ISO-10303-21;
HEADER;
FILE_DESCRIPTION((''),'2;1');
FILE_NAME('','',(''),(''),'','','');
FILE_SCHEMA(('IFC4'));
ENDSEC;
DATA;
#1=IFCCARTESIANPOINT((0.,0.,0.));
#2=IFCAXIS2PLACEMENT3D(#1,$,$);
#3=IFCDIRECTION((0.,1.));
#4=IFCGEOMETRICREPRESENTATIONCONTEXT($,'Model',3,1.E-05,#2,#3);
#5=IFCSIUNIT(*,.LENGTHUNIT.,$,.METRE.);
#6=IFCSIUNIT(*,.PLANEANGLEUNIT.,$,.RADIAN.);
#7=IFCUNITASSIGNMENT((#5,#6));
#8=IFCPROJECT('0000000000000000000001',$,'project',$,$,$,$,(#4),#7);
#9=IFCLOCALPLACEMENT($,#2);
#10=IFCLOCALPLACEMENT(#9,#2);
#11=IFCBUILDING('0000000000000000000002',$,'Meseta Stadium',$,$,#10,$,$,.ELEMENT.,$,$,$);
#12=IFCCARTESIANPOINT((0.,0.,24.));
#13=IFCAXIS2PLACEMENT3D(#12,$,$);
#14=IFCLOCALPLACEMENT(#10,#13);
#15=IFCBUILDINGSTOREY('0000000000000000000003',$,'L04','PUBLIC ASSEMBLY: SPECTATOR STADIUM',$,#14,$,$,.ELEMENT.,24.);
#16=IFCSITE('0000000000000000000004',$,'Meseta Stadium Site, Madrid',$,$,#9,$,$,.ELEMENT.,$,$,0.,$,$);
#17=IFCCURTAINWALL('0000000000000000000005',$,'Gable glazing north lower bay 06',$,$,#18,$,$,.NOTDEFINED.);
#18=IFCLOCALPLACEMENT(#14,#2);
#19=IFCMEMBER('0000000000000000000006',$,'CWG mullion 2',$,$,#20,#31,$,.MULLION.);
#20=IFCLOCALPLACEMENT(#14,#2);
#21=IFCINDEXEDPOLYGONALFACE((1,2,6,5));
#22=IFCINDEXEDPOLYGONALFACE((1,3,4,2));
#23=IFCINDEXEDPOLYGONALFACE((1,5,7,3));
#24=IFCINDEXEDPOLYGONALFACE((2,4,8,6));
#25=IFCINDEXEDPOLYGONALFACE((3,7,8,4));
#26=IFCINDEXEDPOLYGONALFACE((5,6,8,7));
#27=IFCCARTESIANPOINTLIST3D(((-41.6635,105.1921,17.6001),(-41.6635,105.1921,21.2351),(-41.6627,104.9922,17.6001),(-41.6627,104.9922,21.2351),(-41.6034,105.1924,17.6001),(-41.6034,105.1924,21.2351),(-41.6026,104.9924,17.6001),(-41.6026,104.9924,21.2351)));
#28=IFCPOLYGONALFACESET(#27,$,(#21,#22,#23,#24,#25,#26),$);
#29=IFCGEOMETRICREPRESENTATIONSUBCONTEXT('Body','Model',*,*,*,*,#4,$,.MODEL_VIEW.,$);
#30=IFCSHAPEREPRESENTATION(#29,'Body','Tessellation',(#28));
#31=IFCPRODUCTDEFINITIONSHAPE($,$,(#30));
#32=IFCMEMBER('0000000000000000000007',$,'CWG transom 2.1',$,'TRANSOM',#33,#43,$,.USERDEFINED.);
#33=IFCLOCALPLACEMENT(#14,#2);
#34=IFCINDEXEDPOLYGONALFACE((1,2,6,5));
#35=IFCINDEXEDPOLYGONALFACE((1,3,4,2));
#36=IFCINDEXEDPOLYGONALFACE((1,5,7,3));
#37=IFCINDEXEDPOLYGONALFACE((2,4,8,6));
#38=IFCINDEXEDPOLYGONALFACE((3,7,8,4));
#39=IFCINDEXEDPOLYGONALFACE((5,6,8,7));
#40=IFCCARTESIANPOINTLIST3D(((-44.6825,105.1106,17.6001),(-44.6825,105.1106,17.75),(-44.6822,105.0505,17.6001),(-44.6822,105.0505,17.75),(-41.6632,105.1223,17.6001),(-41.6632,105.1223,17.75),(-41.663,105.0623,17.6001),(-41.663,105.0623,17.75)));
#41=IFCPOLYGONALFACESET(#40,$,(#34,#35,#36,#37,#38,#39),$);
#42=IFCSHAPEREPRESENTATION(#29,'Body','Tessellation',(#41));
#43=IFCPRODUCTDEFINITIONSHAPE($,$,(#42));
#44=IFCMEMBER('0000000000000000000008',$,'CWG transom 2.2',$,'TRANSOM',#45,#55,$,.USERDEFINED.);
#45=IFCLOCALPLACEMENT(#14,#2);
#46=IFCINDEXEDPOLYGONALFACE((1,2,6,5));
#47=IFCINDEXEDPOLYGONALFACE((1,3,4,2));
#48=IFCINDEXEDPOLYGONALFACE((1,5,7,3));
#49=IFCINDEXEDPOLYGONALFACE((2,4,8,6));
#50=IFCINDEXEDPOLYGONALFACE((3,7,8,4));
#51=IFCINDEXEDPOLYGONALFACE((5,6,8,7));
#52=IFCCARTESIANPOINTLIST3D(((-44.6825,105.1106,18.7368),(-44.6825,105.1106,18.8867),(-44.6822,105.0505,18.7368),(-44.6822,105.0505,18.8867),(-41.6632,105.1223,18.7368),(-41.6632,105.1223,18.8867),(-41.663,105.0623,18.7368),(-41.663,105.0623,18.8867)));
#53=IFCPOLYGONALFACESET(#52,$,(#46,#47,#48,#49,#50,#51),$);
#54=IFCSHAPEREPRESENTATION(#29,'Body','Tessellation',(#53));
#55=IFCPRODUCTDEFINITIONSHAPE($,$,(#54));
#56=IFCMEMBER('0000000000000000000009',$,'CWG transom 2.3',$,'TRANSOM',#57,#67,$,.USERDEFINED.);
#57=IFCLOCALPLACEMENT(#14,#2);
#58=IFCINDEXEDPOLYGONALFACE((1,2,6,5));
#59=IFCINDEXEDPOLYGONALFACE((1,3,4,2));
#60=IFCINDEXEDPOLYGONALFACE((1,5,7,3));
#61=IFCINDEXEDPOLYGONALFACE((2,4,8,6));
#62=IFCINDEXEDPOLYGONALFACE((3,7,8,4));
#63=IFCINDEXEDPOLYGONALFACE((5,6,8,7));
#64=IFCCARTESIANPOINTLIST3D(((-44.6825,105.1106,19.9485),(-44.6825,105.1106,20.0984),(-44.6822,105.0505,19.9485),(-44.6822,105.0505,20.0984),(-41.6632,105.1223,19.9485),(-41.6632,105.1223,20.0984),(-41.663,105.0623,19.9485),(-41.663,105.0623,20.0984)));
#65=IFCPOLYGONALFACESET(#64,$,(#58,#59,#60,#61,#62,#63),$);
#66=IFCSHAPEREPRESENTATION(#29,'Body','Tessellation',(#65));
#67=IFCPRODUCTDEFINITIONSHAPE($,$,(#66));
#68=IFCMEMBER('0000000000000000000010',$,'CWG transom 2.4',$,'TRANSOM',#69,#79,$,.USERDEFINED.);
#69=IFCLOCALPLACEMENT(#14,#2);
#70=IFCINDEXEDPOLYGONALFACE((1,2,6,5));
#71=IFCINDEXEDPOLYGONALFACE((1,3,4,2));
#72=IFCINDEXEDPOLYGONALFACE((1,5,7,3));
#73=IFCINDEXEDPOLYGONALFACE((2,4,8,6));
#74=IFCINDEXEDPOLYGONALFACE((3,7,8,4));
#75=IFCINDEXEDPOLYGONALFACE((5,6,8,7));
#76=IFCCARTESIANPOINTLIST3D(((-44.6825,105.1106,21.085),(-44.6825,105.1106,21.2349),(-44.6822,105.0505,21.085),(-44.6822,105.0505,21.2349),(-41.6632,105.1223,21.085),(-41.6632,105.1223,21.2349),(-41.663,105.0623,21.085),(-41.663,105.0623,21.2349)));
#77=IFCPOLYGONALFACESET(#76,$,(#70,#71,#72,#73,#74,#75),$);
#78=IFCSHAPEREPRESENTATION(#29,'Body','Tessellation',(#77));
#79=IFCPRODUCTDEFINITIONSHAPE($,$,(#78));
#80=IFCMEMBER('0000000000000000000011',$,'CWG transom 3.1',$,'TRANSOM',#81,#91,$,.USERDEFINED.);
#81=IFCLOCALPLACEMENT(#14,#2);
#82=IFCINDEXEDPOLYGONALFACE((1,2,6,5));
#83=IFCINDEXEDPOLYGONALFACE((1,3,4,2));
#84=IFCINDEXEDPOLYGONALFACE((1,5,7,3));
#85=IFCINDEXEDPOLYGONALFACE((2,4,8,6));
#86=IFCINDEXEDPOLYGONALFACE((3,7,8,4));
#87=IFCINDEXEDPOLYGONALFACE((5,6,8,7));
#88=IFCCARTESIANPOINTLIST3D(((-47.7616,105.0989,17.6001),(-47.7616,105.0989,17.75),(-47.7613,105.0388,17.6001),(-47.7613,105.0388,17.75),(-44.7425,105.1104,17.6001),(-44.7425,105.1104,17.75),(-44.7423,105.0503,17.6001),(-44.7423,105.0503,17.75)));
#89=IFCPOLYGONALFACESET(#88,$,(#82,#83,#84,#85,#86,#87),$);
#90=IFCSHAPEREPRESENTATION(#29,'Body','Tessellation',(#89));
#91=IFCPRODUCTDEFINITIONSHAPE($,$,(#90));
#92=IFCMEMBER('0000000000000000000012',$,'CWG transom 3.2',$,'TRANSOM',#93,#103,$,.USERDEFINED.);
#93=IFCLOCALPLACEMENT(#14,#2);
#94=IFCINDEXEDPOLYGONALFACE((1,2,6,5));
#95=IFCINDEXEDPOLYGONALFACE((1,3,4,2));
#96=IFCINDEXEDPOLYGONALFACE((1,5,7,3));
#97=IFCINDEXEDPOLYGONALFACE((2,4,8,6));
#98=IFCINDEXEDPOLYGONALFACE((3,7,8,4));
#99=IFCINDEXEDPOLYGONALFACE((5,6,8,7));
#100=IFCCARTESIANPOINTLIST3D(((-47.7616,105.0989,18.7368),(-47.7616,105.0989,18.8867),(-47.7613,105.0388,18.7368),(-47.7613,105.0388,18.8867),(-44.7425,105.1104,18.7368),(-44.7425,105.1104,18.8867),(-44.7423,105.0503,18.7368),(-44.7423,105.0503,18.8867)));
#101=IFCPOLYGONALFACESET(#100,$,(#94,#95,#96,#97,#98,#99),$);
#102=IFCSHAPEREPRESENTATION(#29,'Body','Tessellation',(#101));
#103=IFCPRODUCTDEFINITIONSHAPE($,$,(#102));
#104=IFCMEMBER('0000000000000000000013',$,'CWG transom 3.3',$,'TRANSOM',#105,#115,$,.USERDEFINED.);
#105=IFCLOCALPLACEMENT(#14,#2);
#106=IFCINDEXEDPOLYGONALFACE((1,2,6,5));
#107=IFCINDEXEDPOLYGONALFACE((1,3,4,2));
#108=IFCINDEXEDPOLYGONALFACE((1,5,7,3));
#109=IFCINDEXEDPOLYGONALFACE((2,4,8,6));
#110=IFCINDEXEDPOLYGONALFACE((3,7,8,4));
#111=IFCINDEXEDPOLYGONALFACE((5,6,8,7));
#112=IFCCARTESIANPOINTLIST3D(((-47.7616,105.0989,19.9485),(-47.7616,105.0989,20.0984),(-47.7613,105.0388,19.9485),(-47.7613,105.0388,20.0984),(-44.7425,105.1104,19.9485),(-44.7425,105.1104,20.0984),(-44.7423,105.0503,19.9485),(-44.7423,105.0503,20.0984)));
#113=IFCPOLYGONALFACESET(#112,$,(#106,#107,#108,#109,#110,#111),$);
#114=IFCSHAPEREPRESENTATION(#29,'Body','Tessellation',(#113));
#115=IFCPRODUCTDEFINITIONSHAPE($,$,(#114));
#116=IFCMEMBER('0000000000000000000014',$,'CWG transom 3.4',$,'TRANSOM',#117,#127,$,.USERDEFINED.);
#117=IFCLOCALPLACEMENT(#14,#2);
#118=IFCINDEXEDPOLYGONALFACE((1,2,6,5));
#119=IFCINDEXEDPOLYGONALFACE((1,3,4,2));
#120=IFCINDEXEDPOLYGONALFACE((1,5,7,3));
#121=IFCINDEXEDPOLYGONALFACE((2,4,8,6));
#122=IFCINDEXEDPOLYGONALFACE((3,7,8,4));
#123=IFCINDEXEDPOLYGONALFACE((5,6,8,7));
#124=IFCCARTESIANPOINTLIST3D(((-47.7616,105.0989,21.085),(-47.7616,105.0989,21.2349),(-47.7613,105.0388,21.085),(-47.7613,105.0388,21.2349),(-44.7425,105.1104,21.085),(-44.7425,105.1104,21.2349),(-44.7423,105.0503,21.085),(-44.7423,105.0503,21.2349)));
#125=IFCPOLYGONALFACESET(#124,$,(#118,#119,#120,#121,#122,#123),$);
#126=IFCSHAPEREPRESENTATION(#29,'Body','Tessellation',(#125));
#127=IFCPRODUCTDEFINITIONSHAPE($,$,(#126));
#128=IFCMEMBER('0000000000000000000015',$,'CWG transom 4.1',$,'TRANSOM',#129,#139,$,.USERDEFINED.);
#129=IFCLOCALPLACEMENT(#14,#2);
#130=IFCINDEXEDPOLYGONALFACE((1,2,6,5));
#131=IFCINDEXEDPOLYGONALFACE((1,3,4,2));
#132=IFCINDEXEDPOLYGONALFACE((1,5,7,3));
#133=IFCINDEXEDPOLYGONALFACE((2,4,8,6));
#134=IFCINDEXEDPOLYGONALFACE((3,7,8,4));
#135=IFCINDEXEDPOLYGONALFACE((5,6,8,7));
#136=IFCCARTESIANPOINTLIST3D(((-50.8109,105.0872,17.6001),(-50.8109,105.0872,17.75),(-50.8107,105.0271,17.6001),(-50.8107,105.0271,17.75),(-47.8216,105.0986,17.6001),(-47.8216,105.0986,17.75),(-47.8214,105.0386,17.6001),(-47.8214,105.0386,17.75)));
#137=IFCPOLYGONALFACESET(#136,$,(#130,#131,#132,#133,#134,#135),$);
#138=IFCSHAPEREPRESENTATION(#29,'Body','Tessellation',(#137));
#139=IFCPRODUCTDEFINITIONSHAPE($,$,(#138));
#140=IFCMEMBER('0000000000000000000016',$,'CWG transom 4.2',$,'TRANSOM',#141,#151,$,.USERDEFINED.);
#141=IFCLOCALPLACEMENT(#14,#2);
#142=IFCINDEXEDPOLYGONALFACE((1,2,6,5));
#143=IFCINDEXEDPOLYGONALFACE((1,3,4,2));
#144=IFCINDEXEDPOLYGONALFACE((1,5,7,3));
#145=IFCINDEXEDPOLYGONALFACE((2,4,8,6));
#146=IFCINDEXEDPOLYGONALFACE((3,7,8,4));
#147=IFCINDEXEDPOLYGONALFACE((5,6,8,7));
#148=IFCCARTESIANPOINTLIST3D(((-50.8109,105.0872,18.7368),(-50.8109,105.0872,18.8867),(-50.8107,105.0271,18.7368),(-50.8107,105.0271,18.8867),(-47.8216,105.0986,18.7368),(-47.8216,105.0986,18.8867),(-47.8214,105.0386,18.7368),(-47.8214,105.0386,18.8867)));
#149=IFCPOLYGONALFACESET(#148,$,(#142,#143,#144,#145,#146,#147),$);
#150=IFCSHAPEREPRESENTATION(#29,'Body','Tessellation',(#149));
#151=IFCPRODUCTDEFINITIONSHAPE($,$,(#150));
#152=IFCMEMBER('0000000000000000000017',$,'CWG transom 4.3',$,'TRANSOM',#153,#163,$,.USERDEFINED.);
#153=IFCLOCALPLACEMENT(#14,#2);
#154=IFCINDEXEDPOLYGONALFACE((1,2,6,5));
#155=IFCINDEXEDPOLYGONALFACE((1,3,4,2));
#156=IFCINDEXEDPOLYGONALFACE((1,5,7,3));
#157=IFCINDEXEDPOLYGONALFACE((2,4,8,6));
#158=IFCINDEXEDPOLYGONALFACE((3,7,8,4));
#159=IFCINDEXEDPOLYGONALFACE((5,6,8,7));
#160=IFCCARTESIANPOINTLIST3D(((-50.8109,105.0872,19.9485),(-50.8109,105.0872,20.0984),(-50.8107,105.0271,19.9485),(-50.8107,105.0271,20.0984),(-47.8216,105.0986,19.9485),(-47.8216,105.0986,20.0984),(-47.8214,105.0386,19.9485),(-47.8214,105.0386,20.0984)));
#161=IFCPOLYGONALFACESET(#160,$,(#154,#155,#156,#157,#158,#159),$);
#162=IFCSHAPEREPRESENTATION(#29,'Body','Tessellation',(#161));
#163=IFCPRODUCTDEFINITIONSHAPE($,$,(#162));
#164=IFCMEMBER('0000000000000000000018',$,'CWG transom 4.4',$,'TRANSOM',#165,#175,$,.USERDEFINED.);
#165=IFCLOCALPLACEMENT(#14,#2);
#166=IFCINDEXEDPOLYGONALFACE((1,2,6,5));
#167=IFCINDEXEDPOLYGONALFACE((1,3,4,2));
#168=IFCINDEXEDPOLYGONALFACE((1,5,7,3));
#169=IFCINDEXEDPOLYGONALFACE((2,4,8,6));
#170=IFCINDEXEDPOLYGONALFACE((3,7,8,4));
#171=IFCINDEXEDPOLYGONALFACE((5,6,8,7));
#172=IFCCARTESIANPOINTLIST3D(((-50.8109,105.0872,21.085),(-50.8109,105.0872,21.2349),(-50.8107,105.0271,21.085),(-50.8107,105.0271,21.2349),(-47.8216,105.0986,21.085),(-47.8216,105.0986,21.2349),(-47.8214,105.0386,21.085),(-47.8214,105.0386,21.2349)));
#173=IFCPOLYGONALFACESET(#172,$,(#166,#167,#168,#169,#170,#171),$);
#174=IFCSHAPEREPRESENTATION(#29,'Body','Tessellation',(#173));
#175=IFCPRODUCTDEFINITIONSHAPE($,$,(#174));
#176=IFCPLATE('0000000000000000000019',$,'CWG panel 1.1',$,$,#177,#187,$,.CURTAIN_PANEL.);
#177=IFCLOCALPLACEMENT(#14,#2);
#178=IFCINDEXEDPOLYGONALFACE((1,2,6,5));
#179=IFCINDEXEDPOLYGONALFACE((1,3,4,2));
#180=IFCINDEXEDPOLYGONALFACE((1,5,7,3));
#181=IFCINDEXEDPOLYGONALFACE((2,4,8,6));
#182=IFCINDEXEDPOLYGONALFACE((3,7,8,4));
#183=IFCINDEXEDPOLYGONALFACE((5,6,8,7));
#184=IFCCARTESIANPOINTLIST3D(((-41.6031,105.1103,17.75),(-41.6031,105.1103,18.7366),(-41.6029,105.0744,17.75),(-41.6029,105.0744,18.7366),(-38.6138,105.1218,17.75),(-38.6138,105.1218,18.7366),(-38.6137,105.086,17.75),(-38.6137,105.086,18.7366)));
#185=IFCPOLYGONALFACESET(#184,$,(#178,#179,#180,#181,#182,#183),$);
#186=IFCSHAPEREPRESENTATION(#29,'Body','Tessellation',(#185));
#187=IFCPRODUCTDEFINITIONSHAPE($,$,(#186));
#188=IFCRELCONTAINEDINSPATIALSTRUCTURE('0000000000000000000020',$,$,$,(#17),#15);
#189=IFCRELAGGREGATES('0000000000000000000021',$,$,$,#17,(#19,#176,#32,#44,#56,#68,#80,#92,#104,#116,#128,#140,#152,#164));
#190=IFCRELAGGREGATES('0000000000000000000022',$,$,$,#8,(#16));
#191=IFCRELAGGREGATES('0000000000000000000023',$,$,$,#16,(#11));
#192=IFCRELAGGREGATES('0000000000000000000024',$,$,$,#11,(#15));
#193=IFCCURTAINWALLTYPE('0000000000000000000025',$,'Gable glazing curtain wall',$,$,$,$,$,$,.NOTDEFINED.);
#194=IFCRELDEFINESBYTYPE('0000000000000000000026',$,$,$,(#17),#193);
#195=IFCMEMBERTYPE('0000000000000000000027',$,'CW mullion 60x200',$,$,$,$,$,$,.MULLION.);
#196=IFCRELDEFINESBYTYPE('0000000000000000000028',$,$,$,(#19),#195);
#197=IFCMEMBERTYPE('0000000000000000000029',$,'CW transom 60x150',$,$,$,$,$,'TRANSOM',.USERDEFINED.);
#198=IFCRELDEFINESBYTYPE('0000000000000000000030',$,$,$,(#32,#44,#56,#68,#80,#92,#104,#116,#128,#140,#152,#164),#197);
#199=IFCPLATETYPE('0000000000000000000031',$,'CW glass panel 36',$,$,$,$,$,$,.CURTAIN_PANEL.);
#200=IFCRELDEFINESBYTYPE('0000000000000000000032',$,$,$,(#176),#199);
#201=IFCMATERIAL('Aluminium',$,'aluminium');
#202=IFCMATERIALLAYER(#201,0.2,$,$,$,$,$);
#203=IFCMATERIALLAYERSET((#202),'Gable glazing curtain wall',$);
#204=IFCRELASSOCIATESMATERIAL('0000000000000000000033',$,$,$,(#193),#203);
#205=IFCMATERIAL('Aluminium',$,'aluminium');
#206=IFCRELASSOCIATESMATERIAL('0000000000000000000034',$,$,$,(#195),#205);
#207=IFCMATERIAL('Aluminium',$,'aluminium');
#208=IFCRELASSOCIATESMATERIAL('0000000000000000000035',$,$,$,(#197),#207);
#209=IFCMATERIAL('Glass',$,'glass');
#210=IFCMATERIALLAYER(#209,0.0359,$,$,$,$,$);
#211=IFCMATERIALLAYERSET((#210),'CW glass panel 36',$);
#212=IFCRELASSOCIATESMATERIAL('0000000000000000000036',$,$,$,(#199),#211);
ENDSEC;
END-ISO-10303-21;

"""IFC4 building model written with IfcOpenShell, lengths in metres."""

from ifc_helpers import new_model, si_unit, direction, frame, origin, origin_2d, place, context, subcontext, project, spatial, rectangle, extrude, material, layer, layer_set, material_profile, profile_set, type_object, element, aggregate, save


model = new_model("IFC4")

# Units and contexts
model_context = context("Model", 3, precision=1e-05, world=origin(), true_north=direction((0.0, 1.0)))
body_context = subcontext(model_context, "Body", "Model", "MODEL_VIEW")
ifc_project = project(units=[si_unit("LENGTHUNIT", "METRE"), si_unit("PLANEANGLEUNIT", "RADIAN")], contexts=[model_context])

# Site, building, storey
site_placement = place(None, origin())
site = spatial("IfcSite", under=ifc_project, at=site_placement, Name="Meseta Stadium Site, Madrid", CompositionType="ELEMENT", RefElevation=0.0)
building_placement = place(site_placement, origin())
building = spatial("IfcBuilding", under=site, at=building_placement, Name="Meseta Stadium", CompositionType="ELEMENT")
storey_placement = place(building_placement, frame((0.0, 0.0, 24.0)))
storey = spatial("IfcBuildingStorey", under=building, at=storey_placement, Name="L04", Description="PUBLIC ASSEMBLY: SPECTATOR STADIUM", CompositionType="ELEMENT", Elevation=24.0)

# Curtain wall, members, plate
ifc_material_1 = material(Name="Aluminium", Category="aluminium")
ifc_layer_1 = layer(ifc_material_1, 0.2)
ifc_layer_set_1 = layer_set([ifc_layer_1], Name="Gable glazing curtain wall")
curtain_wall_type = type_object("IfcCurtainWallType", Name="Gable glazing curtain wall", PredefinedType="NOTDEFINED", material=ifc_layer_set_1)
curtain_wall_placement = place(storey_placement, origin())
curtain_wall = element("IfcCurtainWall", 1, at=curtain_wall_placement, inside=storey, type_object=curtain_wall_type, Name="Gable glazing north lower bay 06", PredefinedType="NOTDEFINED")
ifc_material_2 = material(Name="Aluminium", Category="aluminium")
ifc_material_profile_1 = material_profile(ifc_material_2, rectangle(XDim=0.2, YDim=0.0601, at=origin_2d()), Name="CW 200x60")
ifc_profile_set_1 = profile_set([ifc_material_profile_1], Name="Aluminium")
member_type_1 = type_object("IfcMemberType", Name="CW mullion 60x200", PredefinedType="MULLION", material=ifc_profile_set_1)
member_1_placement = place(storey_placement, frame((-41.6331, 105.0923, 17.6001), z_axis=(0.0, 0.0, 1.0), x_axis=(0.003848, -0.999993, 0.0)))
member_1 = element("IfcMember", 2, at=member_1_placement, type_object=member_type_1, Name="CWG mullion 2", PredefinedType="MULLION", context=body_context, shape_type="SweptSolid", body=[
    extrude(rectangle(XDim=0.2, YDim=0.0601, at=origin_2d()), origin(), (0.0, 0.0, 1.0), 3.635),
])
ifc_material_3 = material(Name="Aluminium", Category="aluminium")
ifc_material_profile_2 = material_profile(ifc_material_3, rectangle(XDim=0.0601, YDim=0.1499, at=origin_2d()), Name="CW 60x150")
ifc_profile_set_2 = profile_set([ifc_material_profile_2], Name="Aluminium")
member_type_2 = type_object("IfcMemberType", Name="CW transom 60x150", ElementType="TRANSOM", PredefinedType="USERDEFINED", material=ifc_profile_set_2)
member_2_placement = place(storey_placement, frame((-41.6631, 105.0923, 17.675), z_axis=(-0.999992, -0.003881, 0.0), x_axis=(0.003881, -0.999992, 0.0)))
member_2 = element("IfcMember", 3, at=member_2_placement, type_object=member_type_2, Name="CWG transom 2.1", ObjectType="TRANSOM", PredefinedType="USERDEFINED", context=body_context, shape_type="SweptSolid", body=[
    extrude(rectangle(XDim=0.0601, YDim=0.1499, at=origin_2d()), origin(), (0.0, 0.0, 1.0), 3.0193),
])
member_3_placement = place(storey_placement, frame((-41.6631, 105.0923, 18.8118), z_axis=(-0.999992, -0.003881, 0.0), x_axis=(0.003881, -0.999992, 0.0)))
member_3 = element("IfcMember", 4, at=member_3_placement, type_object=member_type_2, Name="CWG transom 2.2", ObjectType="TRANSOM", PredefinedType="USERDEFINED", context=body_context, shape_type="SweptSolid", body=[
    extrude(rectangle(XDim=0.0601, YDim=0.1499, at=origin_2d()), origin(), (0.0, 0.0, 1.0), 3.0193),
])
member_4_placement = place(storey_placement, frame((-41.6631, 105.0923, 20.0234), z_axis=(-0.999992, -0.003881, 0.0), x_axis=(0.003881, -0.999992, 0.0)))
member_4 = element("IfcMember", 5, at=member_4_placement, type_object=member_type_2, Name="CWG transom 2.3", ObjectType="TRANSOM", PredefinedType="USERDEFINED", context=body_context, shape_type="SweptSolid", body=[
    extrude(rectangle(XDim=0.0601, YDim=0.1499, at=origin_2d()), origin(), (0.0, 0.0, 1.0), 3.0193),
])
member_5_placement = place(storey_placement, frame((-41.6631, 105.0923, 21.1599), z_axis=(-0.999992, -0.003881, 0.0), x_axis=(0.003881, -0.999992, 0.0)))
member_5 = element("IfcMember", 6, at=member_5_placement, type_object=member_type_2, Name="CWG transom 2.4", ObjectType="TRANSOM", PredefinedType="USERDEFINED", context=body_context, shape_type="SweptSolid", body=[
    extrude(rectangle(XDim=0.0601, YDim=0.1499, at=origin_2d()), origin(), (0.0, 0.0, 1.0), 3.0193),
])
member_6_placement = place(storey_placement, frame((-44.7424, 105.0803, 17.675), z_axis=(-0.999993, -0.003801, 0.0), x_axis=(0.003801, -0.999993, 0.0)))
member_6 = element("IfcMember", 7, at=member_6_placement, type_object=member_type_2, Name="CWG transom 3.1", ObjectType="TRANSOM", PredefinedType="USERDEFINED", context=body_context, shape_type="SweptSolid", body=[
    extrude(rectangle(XDim=0.0601, YDim=0.1499, at=origin_2d()), origin(), (0.0, 0.0, 1.0), 3.019),
])
member_7_placement = place(storey_placement, frame((-44.7424, 105.0803, 18.8118), z_axis=(-0.999993, -0.003801, 0.0), x_axis=(0.003801, -0.999993, 0.0)))
member_7 = element("IfcMember", 8, at=member_7_placement, type_object=member_type_2, Name="CWG transom 3.2", ObjectType="TRANSOM", PredefinedType="USERDEFINED", context=body_context, shape_type="SweptSolid", body=[
    extrude(rectangle(XDim=0.0601, YDim=0.1499, at=origin_2d()), origin(), (0.0, 0.0, 1.0), 3.019),
])
member_8_placement = place(storey_placement, frame((-44.7424, 105.0803, 20.0234), z_axis=(-0.999993, -0.003801, 0.0), x_axis=(0.003801, -0.999993, 0.0)))
member_8 = element("IfcMember", 9, at=member_8_placement, type_object=member_type_2, Name="CWG transom 3.3", ObjectType="TRANSOM", PredefinedType="USERDEFINED", context=body_context, shape_type="SweptSolid", body=[
    extrude(rectangle(XDim=0.0601, YDim=0.1499, at=origin_2d()), origin(), (0.0, 0.0, 1.0), 3.019),
])
member_9_placement = place(storey_placement, frame((-44.7424, 105.0803, 21.1599), z_axis=(-0.999993, -0.003801, 0.0), x_axis=(0.003801, -0.999993, 0.0)))
member_9 = element("IfcMember", 10, at=member_9_placement, type_object=member_type_2, Name="CWG transom 3.4", ObjectType="TRANSOM", PredefinedType="USERDEFINED", context=body_context, shape_type="SweptSolid", body=[
    extrude(rectangle(XDim=0.0601, YDim=0.1499, at=origin_2d()), origin(), (0.0, 0.0, 1.0), 3.019),
])
member_10_placement = place(storey_placement, frame((-47.8215, 105.0686, 17.675), z_axis=(-0.999993, -0.003839, 0.0), x_axis=(0.003839, -0.999993, 0.0)))
member_10 = element("IfcMember", 11, at=member_10_placement, type_object=member_type_2, Name="CWG transom 4.1", ObjectType="TRANSOM", PredefinedType="USERDEFINED", context=body_context, shape_type="SweptSolid", body=[
    extrude(rectangle(XDim=0.0601, YDim=0.1499, at=origin_2d()), origin(), (0.0, 0.0, 1.0), 2.9893),
])
member_11_placement = place(storey_placement, frame((-47.8215, 105.0686, 18.8118), z_axis=(-0.999993, -0.003839, 0.0), x_axis=(0.003839, -0.999993, 0.0)))
member_11 = element("IfcMember", 12, at=member_11_placement, type_object=member_type_2, Name="CWG transom 4.2", ObjectType="TRANSOM", PredefinedType="USERDEFINED", context=body_context, shape_type="SweptSolid", body=[
    extrude(rectangle(XDim=0.0601, YDim=0.1499, at=origin_2d()), origin(), (0.0, 0.0, 1.0), 2.9893),
])
member_12_placement = place(storey_placement, frame((-47.8215, 105.0686, 20.0234), z_axis=(-0.999993, -0.003839, 0.0), x_axis=(0.003839, -0.999993, 0.0)))
member_12 = element("IfcMember", 13, at=member_12_placement, type_object=member_type_2, Name="CWG transom 4.3", ObjectType="TRANSOM", PredefinedType="USERDEFINED", context=body_context, shape_type="SweptSolid", body=[
    extrude(rectangle(XDim=0.0601, YDim=0.1499, at=origin_2d()), origin(), (0.0, 0.0, 1.0), 2.9893),
])
member_13_placement = place(storey_placement, frame((-47.8215, 105.0686, 21.1599), z_axis=(-0.999993, -0.003839, 0.0), x_axis=(0.003839, -0.999993, 0.0)))
member_13 = element("IfcMember", 14, at=member_13_placement, type_object=member_type_2, Name="CWG transom 4.4", ObjectType="TRANSOM", PredefinedType="USERDEFINED", context=body_context, shape_type="SweptSolid", body=[
    extrude(rectangle(XDim=0.0601, YDim=0.1499, at=origin_2d()), origin(), (0.0, 0.0, 1.0), 2.9893),
])
ifc_material_4 = material(Name="Glass", Category="glass")
ifc_layer_2 = layer(ifc_material_4, 0.0359)
ifc_layer_set_2 = layer_set([ifc_layer_2], Name="CW glass panel 36")
plate_type = type_object("IfcPlateType", Name="CW glass panel 36", PredefinedType="CURTAIN_PANEL", material=ifc_layer_set_2)
plate_1_placement = place(storey_placement, frame((-40.1084, 105.0981, 17.75), z_axis=(0.0, 0.0, 1.0), x_axis=(-0.999993, -0.003848, 0.0)))
plate_1 = element("IfcPlate", 15, at=plate_1_placement, type_object=plate_type, Name="CWG panel 1.1", PredefinedType="CURTAIN_PANEL", context=body_context, shape_type="SweptSolid", body=[
    extrude(rectangle(XDim=2.9893, YDim=0.0359, at=origin_2d()), origin(), (0.0, 0.0, 1.0), 0.9866),
])
aggregate(curtain_wall, [member_1, plate_1, member_2, member_3, member_4, member_5, member_6, member_7, member_8, member_9, member_10, member_11, member_12, member_13])

save(model, "model.ifc")
